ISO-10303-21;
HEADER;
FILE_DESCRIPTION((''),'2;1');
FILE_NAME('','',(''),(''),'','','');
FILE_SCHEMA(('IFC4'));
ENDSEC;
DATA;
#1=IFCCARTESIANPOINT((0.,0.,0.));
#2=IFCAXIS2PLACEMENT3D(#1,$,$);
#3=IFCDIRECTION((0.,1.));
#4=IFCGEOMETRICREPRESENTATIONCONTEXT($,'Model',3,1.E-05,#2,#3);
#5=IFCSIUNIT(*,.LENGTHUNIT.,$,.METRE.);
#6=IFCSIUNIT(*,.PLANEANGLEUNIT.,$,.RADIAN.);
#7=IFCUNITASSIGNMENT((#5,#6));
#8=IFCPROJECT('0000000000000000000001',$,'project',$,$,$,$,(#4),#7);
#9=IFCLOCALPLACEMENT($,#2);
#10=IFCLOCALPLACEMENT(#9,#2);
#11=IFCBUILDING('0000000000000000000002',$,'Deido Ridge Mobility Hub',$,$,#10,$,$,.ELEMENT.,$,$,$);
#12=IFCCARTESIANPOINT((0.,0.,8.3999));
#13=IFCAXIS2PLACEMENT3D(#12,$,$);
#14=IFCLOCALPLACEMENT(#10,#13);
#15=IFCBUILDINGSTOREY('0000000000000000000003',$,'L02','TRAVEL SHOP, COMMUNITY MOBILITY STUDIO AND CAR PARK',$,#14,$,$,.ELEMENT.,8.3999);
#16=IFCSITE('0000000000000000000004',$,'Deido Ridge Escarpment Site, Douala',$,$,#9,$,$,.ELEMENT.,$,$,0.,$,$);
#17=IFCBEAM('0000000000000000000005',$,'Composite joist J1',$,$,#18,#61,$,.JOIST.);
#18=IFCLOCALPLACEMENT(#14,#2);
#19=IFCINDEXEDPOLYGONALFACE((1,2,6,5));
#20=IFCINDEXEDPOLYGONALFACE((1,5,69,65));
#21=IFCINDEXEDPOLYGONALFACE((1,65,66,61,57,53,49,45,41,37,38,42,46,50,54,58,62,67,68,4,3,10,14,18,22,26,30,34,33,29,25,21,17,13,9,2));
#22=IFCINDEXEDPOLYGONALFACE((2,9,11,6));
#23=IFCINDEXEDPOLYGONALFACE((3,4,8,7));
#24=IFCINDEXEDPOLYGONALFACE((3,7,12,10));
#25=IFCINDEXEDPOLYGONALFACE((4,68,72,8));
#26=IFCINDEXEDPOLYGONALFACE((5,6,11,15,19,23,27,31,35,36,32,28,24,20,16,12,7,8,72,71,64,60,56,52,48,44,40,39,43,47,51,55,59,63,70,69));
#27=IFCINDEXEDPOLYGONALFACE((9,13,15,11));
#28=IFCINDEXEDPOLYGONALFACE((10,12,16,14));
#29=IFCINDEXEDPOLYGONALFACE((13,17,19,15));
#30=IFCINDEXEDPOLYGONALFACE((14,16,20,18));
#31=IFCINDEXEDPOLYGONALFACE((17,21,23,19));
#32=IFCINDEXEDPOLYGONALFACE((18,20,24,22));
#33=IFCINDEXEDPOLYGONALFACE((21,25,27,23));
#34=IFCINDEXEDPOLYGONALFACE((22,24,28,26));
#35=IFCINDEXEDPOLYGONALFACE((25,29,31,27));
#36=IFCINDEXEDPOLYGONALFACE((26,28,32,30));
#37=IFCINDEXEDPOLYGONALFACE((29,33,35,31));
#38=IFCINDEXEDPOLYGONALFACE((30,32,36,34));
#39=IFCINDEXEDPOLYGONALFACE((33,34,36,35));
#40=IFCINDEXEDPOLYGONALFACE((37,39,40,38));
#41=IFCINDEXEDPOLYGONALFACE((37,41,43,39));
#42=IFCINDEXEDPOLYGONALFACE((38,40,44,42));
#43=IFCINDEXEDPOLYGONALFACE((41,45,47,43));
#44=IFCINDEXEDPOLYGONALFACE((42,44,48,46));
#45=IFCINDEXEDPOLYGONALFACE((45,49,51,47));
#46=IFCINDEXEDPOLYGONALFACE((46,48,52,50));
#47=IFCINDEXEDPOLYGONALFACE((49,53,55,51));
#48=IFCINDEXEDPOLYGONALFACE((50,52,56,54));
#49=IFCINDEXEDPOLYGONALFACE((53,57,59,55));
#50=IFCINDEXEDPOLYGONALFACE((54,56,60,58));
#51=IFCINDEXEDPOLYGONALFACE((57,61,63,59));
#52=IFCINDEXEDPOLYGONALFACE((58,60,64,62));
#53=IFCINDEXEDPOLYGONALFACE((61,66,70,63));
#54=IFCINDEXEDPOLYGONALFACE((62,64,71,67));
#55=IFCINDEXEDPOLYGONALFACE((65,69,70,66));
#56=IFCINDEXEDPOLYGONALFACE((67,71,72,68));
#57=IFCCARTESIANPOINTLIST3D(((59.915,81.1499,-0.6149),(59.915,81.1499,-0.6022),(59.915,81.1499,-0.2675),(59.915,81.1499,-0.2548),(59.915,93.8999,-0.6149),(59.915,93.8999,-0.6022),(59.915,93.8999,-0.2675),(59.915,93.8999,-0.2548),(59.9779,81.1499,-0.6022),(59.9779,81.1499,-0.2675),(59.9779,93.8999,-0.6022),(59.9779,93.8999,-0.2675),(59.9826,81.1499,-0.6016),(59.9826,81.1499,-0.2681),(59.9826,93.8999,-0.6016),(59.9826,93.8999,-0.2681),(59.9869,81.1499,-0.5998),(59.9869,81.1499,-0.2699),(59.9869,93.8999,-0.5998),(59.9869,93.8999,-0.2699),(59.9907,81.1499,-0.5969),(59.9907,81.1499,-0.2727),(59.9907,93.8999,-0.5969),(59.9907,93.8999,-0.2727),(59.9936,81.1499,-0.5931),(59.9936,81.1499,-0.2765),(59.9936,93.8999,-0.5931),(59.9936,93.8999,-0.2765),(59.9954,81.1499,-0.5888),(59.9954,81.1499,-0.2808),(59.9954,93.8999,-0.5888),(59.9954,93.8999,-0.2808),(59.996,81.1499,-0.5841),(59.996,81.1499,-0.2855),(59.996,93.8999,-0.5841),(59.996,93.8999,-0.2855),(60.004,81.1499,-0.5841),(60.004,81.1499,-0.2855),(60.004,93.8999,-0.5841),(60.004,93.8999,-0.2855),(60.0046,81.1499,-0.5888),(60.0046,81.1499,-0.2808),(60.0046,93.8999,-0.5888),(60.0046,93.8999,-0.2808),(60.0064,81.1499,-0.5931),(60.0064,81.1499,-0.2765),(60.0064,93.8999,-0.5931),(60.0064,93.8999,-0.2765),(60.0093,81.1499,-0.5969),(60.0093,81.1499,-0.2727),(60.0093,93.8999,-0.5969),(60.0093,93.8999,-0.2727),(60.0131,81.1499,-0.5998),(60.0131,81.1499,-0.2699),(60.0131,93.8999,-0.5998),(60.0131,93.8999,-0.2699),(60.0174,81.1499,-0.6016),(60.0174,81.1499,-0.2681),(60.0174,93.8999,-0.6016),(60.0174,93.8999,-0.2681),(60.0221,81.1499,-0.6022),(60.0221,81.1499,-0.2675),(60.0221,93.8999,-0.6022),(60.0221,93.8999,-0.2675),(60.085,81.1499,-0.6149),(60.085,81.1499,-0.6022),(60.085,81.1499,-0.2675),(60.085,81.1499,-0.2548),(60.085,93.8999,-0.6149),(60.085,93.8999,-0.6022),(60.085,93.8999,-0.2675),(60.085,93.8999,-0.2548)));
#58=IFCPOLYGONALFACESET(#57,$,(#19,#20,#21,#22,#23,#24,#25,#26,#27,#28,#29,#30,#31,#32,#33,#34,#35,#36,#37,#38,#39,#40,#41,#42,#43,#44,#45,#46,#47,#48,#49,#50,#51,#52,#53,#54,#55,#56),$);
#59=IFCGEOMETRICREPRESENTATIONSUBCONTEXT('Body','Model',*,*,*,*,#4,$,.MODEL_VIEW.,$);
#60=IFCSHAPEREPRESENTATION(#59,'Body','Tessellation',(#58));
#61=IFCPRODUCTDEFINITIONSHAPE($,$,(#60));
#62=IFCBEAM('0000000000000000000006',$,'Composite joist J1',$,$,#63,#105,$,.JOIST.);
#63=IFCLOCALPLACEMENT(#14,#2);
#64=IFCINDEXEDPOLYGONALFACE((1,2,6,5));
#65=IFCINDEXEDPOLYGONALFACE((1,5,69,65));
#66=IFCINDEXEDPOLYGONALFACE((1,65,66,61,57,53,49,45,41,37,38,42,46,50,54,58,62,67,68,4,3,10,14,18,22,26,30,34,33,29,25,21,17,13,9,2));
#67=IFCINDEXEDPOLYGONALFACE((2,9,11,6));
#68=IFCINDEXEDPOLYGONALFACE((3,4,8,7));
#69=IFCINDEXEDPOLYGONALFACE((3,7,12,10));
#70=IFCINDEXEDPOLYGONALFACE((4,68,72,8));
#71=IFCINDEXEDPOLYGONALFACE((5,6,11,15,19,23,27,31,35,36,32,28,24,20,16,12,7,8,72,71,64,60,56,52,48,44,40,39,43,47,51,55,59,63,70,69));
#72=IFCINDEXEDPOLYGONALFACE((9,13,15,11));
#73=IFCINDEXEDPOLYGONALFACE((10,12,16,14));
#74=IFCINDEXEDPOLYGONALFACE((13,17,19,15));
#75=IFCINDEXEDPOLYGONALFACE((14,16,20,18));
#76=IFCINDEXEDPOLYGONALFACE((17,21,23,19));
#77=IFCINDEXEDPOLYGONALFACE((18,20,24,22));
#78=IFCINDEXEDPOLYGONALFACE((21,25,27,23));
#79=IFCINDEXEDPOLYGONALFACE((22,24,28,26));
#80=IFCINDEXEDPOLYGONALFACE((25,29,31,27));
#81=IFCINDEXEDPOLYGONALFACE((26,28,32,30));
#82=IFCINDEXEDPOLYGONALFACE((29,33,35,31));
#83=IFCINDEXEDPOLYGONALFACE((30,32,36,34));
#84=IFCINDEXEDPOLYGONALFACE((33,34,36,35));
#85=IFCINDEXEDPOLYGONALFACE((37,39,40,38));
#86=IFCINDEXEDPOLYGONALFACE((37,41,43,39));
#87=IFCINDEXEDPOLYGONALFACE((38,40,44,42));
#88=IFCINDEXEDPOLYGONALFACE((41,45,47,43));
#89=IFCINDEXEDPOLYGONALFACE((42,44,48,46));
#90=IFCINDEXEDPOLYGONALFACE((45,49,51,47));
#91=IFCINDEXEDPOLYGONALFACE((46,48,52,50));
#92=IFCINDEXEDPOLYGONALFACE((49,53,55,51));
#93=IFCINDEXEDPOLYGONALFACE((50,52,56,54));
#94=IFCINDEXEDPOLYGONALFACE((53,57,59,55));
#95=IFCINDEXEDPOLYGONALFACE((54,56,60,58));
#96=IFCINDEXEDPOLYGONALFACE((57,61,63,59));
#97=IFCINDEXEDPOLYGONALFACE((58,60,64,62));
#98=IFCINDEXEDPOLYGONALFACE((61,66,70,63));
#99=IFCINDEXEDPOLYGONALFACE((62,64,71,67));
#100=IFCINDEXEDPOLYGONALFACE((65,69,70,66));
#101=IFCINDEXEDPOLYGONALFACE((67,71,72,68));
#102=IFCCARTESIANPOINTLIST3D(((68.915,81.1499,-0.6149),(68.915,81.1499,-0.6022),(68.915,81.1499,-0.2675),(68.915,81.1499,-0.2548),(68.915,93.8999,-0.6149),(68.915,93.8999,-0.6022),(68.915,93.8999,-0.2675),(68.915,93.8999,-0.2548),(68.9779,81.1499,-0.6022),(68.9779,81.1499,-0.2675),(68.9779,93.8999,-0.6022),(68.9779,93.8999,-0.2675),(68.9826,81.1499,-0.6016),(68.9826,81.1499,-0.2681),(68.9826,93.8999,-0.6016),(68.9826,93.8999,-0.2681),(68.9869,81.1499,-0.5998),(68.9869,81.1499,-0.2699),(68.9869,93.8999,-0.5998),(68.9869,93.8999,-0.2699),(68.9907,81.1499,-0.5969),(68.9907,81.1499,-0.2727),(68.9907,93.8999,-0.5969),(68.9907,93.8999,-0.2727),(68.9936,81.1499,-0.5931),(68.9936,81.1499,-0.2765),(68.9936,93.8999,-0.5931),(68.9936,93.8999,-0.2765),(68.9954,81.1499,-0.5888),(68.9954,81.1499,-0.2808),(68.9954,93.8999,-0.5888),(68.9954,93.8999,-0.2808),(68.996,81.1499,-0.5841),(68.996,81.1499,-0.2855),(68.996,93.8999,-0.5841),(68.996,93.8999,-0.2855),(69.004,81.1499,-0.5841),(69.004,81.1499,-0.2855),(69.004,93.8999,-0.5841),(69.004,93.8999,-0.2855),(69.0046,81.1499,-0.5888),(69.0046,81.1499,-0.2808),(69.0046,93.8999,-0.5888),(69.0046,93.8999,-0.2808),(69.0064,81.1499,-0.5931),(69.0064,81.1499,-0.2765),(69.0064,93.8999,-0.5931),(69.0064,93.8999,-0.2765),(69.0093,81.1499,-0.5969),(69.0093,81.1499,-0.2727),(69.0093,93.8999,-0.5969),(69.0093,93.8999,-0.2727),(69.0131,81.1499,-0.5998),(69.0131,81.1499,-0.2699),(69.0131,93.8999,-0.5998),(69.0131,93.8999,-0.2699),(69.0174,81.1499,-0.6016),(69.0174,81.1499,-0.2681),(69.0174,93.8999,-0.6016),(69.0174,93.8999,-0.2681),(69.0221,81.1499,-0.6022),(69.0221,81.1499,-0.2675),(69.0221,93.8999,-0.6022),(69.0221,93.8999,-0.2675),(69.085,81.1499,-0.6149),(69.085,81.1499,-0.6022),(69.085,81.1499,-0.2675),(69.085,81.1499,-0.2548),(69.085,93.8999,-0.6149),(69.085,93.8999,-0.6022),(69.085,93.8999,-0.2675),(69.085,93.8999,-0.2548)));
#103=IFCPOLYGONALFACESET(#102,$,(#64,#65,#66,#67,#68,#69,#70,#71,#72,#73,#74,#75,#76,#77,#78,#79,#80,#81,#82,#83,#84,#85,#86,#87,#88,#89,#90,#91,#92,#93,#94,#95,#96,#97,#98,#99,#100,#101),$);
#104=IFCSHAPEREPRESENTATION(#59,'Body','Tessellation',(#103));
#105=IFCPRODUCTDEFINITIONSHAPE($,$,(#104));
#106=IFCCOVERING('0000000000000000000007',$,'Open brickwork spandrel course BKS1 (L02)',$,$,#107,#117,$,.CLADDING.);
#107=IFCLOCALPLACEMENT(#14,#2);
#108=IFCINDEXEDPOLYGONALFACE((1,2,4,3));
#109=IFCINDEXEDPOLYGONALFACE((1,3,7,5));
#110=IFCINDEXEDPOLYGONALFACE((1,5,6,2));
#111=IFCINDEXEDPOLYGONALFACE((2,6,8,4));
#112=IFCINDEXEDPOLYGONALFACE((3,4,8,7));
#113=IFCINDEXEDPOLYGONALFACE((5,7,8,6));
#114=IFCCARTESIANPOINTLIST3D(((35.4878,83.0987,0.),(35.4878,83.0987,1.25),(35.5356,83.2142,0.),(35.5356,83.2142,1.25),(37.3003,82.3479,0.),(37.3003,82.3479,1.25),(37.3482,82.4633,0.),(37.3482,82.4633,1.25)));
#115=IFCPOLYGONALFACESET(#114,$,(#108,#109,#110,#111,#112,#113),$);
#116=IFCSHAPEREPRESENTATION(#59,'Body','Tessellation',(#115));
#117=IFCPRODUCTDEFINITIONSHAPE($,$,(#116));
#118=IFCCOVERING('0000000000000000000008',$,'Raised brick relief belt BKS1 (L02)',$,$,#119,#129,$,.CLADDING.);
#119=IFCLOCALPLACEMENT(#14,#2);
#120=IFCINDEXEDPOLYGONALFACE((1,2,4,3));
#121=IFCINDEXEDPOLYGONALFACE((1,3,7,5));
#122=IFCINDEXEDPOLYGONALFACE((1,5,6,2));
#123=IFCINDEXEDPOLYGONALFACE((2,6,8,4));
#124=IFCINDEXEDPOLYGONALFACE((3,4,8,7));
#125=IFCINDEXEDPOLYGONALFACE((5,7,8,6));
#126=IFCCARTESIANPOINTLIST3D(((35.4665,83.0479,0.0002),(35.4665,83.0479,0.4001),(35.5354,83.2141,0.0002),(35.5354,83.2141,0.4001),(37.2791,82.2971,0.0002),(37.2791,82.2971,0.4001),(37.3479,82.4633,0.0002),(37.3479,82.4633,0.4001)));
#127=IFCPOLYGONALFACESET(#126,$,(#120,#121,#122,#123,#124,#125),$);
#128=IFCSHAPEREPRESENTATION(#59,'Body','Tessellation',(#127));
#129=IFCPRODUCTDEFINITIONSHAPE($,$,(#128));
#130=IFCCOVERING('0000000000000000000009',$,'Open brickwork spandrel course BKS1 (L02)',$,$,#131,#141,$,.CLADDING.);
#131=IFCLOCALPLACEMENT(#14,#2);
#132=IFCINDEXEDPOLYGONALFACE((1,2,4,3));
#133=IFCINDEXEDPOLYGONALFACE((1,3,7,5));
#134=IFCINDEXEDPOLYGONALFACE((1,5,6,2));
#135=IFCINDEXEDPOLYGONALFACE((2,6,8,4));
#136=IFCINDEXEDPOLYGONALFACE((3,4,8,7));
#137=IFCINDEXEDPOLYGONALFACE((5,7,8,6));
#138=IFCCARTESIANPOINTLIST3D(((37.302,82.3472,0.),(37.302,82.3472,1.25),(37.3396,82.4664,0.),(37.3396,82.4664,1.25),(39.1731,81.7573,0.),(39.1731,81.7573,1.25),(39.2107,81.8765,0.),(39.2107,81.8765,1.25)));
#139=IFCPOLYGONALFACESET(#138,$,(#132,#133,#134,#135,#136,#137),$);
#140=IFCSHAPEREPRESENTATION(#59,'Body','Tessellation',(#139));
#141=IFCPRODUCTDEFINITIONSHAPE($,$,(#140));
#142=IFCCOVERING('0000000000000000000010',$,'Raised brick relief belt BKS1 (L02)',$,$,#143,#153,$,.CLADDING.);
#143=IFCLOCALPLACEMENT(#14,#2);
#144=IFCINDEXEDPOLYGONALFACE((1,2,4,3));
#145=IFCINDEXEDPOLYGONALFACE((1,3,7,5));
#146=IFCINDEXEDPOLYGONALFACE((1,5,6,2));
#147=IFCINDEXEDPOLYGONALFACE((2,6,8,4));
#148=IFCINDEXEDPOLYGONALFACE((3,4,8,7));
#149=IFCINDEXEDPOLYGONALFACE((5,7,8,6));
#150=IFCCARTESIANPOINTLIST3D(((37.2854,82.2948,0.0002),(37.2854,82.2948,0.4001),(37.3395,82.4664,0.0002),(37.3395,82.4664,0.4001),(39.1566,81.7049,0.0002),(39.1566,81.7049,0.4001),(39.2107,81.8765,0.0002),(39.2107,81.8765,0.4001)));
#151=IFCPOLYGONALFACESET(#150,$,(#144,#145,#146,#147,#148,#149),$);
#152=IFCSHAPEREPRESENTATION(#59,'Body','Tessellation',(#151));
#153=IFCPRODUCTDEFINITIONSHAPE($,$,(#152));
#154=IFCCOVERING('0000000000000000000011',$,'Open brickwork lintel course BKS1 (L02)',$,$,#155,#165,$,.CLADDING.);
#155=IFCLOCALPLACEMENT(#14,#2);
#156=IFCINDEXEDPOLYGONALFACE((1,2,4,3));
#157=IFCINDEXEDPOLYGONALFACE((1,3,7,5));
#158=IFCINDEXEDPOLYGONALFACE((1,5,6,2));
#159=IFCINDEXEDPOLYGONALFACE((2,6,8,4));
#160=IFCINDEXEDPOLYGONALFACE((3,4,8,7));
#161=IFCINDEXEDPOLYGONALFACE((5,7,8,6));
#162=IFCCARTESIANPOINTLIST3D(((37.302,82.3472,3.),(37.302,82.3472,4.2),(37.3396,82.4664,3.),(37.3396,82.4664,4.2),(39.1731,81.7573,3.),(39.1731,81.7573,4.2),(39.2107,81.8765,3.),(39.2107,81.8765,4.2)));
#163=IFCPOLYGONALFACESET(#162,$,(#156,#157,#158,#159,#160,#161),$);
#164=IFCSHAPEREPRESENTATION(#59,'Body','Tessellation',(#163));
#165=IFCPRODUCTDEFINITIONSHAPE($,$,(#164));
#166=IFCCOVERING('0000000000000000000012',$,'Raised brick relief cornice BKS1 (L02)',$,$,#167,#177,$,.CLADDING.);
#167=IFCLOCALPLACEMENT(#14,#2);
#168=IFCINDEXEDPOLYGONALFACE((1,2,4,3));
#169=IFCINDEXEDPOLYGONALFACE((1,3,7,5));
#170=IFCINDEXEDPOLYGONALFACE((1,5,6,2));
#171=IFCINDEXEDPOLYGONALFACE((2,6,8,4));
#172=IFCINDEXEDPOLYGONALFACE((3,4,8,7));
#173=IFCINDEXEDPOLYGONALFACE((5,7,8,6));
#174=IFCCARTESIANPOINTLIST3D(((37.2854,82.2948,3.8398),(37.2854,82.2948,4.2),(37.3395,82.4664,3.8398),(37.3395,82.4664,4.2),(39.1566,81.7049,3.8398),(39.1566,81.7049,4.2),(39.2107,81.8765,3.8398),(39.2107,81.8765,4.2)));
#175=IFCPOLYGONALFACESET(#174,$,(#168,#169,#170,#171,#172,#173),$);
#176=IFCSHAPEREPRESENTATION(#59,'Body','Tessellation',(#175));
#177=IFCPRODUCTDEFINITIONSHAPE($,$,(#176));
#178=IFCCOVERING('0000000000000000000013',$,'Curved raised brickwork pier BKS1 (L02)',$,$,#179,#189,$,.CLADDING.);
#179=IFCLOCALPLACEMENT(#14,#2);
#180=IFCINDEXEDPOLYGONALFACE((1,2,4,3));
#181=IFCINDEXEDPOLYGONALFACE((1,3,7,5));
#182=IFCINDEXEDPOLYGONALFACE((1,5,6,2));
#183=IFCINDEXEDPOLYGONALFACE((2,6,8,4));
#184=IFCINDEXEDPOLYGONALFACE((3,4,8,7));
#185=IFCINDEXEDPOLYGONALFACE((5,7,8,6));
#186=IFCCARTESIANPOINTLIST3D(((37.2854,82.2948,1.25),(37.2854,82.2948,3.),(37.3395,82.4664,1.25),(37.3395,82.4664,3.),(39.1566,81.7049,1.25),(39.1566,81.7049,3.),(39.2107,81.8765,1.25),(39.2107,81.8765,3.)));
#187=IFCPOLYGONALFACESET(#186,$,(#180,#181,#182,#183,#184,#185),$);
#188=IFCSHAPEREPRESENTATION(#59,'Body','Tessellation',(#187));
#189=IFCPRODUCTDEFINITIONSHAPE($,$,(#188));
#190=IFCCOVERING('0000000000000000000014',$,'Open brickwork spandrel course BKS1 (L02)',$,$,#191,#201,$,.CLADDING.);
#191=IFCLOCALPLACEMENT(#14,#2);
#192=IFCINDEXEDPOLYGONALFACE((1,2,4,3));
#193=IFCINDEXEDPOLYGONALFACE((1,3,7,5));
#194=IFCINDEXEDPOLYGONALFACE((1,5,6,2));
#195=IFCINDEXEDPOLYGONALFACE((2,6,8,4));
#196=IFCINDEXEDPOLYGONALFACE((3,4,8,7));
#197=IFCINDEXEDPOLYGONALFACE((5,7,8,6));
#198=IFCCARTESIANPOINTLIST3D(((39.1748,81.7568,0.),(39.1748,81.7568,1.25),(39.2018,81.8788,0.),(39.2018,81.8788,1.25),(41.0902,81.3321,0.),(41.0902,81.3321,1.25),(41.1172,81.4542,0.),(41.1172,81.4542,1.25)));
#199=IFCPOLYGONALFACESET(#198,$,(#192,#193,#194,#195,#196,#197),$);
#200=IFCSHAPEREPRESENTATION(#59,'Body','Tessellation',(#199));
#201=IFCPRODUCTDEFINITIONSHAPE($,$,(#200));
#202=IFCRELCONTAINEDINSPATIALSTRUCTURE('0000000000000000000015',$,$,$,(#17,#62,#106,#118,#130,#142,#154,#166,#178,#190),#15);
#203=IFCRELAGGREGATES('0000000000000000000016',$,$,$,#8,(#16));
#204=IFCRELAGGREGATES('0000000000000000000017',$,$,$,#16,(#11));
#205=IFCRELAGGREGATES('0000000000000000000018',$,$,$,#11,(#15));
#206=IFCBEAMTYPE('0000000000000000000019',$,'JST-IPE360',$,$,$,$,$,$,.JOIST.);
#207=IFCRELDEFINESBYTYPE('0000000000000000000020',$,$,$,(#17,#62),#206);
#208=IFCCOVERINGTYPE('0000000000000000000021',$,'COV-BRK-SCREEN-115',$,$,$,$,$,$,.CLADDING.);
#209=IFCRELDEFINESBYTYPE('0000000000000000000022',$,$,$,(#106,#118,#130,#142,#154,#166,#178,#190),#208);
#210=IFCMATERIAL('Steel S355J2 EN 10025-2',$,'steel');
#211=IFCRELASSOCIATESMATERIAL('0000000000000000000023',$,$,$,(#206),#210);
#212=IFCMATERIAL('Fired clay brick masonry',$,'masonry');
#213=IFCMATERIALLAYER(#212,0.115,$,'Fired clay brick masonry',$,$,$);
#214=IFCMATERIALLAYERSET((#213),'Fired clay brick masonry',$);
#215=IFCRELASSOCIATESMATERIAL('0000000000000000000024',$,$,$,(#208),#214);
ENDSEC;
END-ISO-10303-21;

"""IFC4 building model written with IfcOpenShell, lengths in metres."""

from ifc_helpers import new_model, si_unit, direction, frame, origin, origin_2d, place, context, subcontext, project, spatial, rectangle, i_section, extrude, material, layer, layer_set, material_profile, profile_set, type_object, element, save


model = new_model("IFC4")

# Units and contexts
model_context = context("Model", 3, precision=1e-05, world=origin(), true_north=direction((0.0, 1.0)))
body_context = subcontext(model_context, "Body", "Model", "MODEL_VIEW")
ifc_project = project(units=[si_unit("LENGTHUNIT", "METRE"), si_unit("PLANEANGLEUNIT", "RADIAN")], contexts=[model_context])

# Site, building, storey
site_placement = place(None, origin())
site = spatial("IfcSite", under=ifc_project, at=site_placement, Name="Deido Ridge Escarpment Site, Douala", CompositionType="ELEMENT", RefElevation=0.0)
building_placement = place(site_placement, origin())
building = spatial("IfcBuilding", under=site, at=building_placement, Name="Deido Ridge Mobility Hub", CompositionType="ELEMENT")
storey_placement = place(building_placement, frame((0.0, 0.0, 8.3999)))
storey = spatial("IfcBuildingStorey", under=building, at=storey_placement, Name="L02", Description="TRAVEL SHOP, COMMUNITY MOBILITY STUDIO AND CAR PARK", CompositionType="ELEMENT", Elevation=8.3999)

# Beams
ifc_material_1 = material(Name="Steel S355J2 EN 10025-2", Category="steel")
ifc_material_profile_1 = material_profile(ifc_material_1, i_section(OverallWidth=0.1699, OverallDepth=0.3601, WebThickness=0.0081, FlangeThickness=0.0127, FilletRadius=0.0181, at=origin_2d()), Name="IPE 360")
ifc_profile_set_1 = profile_set([ifc_material_profile_1], Name="Steel S355J2 EN 10025-2")
beam_type_1 = type_object("IfcBeamType", Name="JST-IPE360", PredefinedType="JOIST", material=ifc_profile_set_1)
for number, where, z_axis, x_axis, name in (
    (1, (60.0, 81.1499, -0.4348), (0.0, 1.0, 0.0), (-1.0, 0.0, 0.0), "Composite joist J1"),
    (2, (69.0, 81.1499, -0.4348), (0.0, 1.0, 0.0), (-1.0, 0.0, 0.0), "Composite joist J1"),
):
    element("IfcBeam", number, at=place(storey_placement, frame(where, z_axis=z_axis, x_axis=x_axis)), inside=storey, type_object=beam_type_1, Name=name, PredefinedType="JOIST", context=body_context, shape_type="SweptSolid", body=[
        extrude(i_section(OverallWidth=0.1699, OverallDepth=0.3601, WebThickness=0.0081, FlangeThickness=0.0127, FilletRadius=0.0181, at=origin_2d()), origin(), (0.0, 0.0, 1.0), 12.75),
    ])

# Coverings
ifc_material_2 = material(Name="Fired clay brick masonry", Category="masonry")
ifc_layer = layer(ifc_material_2, 0.115, Name="Fired clay brick masonry")
ifc_layer_set = layer_set([ifc_layer], Name="Fired clay brick masonry")
covering_type = type_object("IfcCoveringType", Name="COV-BRK-SCREEN-115", PredefinedType="CLADDING", material=ifc_layer_set)
covering_1_placement = place(storey_placement, frame((36.418, 82.781, 0.0), z_axis=(0.0, 0.0, 1.0), x_axis=(0.923873, -0.3827, 0.0)))
element("IfcCovering", 3, at=covering_1_placement, inside=storey, type_object=covering_type, Name="Open brickwork spandrel course BKS1 (L02)", PredefinedType="CLADDING", context=body_context, shape_type="SweptSolid", body=[
    extrude(rectangle(XDim=1.9619, YDim=0.125, at=origin_2d()), origin(), (0.0, 0.0, 1.0), 1.25),
])
covering_2_placement = place(storey_placement, frame((36.4072, 82.7556, 0.0002), z_axis=(0.0, 0.0, 1.0), x_axis=(0.923873, -0.3827, 0.0)))
element("IfcCovering", 4, at=covering_2_placement, inside=storey, type_object=covering_type, Name="Raised brick relief belt BKS1 (L02)", PredefinedType="CLADDING", context=body_context, shape_type="SweptSolid", body=[
    extrude(rectangle(XDim=1.9619, YDim=0.1799, at=origin_2d()), origin(), (0.0, 0.0, 1.0), 0.3999),
])
covering_3_placement = place(storey_placement, frame((38.2563, 82.1118, 0.0), z_axis=(0.0, 0.0, 1.0), x_axis=(0.953727, -0.300673, 0.0)))
element("IfcCovering", 5, at=covering_3_placement, inside=storey, type_object=covering_type, Name="Open brickwork spandrel course BKS1 (L02)", PredefinedType="CLADDING", context=body_context, shape_type="SweptSolid", body=[
    extrude(rectangle(XDim=1.9619, YDim=0.125, at=origin_2d()), origin(), (0.0, 0.0, 1.0), 1.25),
])
covering_4_placement = place(storey_placement, frame((38.248, 82.0857, 0.0002), z_axis=(0.0, 0.0, 1.0), x_axis=(0.953727, -0.300673, 0.0)))
element("IfcCovering", 6, at=covering_4_placement, inside=storey, type_object=covering_type, Name="Raised brick relief belt BKS1 (L02)", PredefinedType="CLADDING", context=body_context, shape_type="SweptSolid", body=[
    extrude(rectangle(XDim=1.9619, YDim=0.1799, at=origin_2d()), origin(), (0.0, 0.0, 1.0), 0.3999),
])
covering_5_placement = place(storey_placement, frame((38.2563, 82.1118, 3.0), z_axis=(0.0, 0.0, 1.0), x_axis=(0.953727, -0.300673, 0.0)))
element("IfcCovering", 7, at=covering_5_placement, inside=storey, type_object=covering_type, Name="Open brickwork lintel course BKS1 (L02)", PredefinedType="CLADDING", context=body_context, shape_type="SweptSolid", body=[
    extrude(rectangle(XDim=1.9619, YDim=0.125, at=origin_2d()), origin(), (0.0, 0.0, 1.0), 1.2),
])
covering_6_placement = place(storey_placement, frame((38.248, 82.0857, 3.8398), z_axis=(0.0, 0.0, 1.0), x_axis=(0.953727, -0.300673, 0.0)))
element("IfcCovering", 8, at=covering_6_placement, inside=storey, type_object=covering_type, Name="Raised brick relief cornice BKS1 (L02)", PredefinedType="CLADDING", context=body_context, shape_type="SweptSolid", body=[
    extrude(rectangle(XDim=1.9619, YDim=0.1799, at=origin_2d()), origin(), (0.0, 0.0, 1.0), 0.3601),
])
covering_7_placement = place(storey_placement, frame((38.248, 82.0857, 1.25), z_axis=(0.0, 0.0, 1.0), x_axis=(0.953727, -0.300673, 0.0)))
element("IfcCovering", 9, at=covering_7_placement, inside=storey, type_object=covering_type, Name="Curved raised brickwork pier BKS1 (L02)", PredefinedType="CLADDING", context=body_context, shape_type="SweptSolid", body=[
    extrude(rectangle(XDim=1.9619, YDim=0.1799, at=origin_2d()), origin(), (0.0, 0.0, 1.0), 1.75),
])
covering_8_placement = place(storey_placement, frame((40.146, 81.6055, 0.0), z_axis=(0.0, 0.0, 1.0), x_axis=(0.976292, -0.216457, 0.0)))
element("IfcCovering", 10, at=covering_8_placement, inside=storey, type_object=covering_type, Name="Open brickwork spandrel course BKS1 (L02)", PredefinedType="CLADDING", context=body_context, shape_type="SweptSolid", body=[
    extrude(rectangle(XDim=1.9619, YDim=0.125, at=origin_2d()), origin(), (0.0, 0.0, 1.0), 1.25),
])

save(model, "model.ifc")
